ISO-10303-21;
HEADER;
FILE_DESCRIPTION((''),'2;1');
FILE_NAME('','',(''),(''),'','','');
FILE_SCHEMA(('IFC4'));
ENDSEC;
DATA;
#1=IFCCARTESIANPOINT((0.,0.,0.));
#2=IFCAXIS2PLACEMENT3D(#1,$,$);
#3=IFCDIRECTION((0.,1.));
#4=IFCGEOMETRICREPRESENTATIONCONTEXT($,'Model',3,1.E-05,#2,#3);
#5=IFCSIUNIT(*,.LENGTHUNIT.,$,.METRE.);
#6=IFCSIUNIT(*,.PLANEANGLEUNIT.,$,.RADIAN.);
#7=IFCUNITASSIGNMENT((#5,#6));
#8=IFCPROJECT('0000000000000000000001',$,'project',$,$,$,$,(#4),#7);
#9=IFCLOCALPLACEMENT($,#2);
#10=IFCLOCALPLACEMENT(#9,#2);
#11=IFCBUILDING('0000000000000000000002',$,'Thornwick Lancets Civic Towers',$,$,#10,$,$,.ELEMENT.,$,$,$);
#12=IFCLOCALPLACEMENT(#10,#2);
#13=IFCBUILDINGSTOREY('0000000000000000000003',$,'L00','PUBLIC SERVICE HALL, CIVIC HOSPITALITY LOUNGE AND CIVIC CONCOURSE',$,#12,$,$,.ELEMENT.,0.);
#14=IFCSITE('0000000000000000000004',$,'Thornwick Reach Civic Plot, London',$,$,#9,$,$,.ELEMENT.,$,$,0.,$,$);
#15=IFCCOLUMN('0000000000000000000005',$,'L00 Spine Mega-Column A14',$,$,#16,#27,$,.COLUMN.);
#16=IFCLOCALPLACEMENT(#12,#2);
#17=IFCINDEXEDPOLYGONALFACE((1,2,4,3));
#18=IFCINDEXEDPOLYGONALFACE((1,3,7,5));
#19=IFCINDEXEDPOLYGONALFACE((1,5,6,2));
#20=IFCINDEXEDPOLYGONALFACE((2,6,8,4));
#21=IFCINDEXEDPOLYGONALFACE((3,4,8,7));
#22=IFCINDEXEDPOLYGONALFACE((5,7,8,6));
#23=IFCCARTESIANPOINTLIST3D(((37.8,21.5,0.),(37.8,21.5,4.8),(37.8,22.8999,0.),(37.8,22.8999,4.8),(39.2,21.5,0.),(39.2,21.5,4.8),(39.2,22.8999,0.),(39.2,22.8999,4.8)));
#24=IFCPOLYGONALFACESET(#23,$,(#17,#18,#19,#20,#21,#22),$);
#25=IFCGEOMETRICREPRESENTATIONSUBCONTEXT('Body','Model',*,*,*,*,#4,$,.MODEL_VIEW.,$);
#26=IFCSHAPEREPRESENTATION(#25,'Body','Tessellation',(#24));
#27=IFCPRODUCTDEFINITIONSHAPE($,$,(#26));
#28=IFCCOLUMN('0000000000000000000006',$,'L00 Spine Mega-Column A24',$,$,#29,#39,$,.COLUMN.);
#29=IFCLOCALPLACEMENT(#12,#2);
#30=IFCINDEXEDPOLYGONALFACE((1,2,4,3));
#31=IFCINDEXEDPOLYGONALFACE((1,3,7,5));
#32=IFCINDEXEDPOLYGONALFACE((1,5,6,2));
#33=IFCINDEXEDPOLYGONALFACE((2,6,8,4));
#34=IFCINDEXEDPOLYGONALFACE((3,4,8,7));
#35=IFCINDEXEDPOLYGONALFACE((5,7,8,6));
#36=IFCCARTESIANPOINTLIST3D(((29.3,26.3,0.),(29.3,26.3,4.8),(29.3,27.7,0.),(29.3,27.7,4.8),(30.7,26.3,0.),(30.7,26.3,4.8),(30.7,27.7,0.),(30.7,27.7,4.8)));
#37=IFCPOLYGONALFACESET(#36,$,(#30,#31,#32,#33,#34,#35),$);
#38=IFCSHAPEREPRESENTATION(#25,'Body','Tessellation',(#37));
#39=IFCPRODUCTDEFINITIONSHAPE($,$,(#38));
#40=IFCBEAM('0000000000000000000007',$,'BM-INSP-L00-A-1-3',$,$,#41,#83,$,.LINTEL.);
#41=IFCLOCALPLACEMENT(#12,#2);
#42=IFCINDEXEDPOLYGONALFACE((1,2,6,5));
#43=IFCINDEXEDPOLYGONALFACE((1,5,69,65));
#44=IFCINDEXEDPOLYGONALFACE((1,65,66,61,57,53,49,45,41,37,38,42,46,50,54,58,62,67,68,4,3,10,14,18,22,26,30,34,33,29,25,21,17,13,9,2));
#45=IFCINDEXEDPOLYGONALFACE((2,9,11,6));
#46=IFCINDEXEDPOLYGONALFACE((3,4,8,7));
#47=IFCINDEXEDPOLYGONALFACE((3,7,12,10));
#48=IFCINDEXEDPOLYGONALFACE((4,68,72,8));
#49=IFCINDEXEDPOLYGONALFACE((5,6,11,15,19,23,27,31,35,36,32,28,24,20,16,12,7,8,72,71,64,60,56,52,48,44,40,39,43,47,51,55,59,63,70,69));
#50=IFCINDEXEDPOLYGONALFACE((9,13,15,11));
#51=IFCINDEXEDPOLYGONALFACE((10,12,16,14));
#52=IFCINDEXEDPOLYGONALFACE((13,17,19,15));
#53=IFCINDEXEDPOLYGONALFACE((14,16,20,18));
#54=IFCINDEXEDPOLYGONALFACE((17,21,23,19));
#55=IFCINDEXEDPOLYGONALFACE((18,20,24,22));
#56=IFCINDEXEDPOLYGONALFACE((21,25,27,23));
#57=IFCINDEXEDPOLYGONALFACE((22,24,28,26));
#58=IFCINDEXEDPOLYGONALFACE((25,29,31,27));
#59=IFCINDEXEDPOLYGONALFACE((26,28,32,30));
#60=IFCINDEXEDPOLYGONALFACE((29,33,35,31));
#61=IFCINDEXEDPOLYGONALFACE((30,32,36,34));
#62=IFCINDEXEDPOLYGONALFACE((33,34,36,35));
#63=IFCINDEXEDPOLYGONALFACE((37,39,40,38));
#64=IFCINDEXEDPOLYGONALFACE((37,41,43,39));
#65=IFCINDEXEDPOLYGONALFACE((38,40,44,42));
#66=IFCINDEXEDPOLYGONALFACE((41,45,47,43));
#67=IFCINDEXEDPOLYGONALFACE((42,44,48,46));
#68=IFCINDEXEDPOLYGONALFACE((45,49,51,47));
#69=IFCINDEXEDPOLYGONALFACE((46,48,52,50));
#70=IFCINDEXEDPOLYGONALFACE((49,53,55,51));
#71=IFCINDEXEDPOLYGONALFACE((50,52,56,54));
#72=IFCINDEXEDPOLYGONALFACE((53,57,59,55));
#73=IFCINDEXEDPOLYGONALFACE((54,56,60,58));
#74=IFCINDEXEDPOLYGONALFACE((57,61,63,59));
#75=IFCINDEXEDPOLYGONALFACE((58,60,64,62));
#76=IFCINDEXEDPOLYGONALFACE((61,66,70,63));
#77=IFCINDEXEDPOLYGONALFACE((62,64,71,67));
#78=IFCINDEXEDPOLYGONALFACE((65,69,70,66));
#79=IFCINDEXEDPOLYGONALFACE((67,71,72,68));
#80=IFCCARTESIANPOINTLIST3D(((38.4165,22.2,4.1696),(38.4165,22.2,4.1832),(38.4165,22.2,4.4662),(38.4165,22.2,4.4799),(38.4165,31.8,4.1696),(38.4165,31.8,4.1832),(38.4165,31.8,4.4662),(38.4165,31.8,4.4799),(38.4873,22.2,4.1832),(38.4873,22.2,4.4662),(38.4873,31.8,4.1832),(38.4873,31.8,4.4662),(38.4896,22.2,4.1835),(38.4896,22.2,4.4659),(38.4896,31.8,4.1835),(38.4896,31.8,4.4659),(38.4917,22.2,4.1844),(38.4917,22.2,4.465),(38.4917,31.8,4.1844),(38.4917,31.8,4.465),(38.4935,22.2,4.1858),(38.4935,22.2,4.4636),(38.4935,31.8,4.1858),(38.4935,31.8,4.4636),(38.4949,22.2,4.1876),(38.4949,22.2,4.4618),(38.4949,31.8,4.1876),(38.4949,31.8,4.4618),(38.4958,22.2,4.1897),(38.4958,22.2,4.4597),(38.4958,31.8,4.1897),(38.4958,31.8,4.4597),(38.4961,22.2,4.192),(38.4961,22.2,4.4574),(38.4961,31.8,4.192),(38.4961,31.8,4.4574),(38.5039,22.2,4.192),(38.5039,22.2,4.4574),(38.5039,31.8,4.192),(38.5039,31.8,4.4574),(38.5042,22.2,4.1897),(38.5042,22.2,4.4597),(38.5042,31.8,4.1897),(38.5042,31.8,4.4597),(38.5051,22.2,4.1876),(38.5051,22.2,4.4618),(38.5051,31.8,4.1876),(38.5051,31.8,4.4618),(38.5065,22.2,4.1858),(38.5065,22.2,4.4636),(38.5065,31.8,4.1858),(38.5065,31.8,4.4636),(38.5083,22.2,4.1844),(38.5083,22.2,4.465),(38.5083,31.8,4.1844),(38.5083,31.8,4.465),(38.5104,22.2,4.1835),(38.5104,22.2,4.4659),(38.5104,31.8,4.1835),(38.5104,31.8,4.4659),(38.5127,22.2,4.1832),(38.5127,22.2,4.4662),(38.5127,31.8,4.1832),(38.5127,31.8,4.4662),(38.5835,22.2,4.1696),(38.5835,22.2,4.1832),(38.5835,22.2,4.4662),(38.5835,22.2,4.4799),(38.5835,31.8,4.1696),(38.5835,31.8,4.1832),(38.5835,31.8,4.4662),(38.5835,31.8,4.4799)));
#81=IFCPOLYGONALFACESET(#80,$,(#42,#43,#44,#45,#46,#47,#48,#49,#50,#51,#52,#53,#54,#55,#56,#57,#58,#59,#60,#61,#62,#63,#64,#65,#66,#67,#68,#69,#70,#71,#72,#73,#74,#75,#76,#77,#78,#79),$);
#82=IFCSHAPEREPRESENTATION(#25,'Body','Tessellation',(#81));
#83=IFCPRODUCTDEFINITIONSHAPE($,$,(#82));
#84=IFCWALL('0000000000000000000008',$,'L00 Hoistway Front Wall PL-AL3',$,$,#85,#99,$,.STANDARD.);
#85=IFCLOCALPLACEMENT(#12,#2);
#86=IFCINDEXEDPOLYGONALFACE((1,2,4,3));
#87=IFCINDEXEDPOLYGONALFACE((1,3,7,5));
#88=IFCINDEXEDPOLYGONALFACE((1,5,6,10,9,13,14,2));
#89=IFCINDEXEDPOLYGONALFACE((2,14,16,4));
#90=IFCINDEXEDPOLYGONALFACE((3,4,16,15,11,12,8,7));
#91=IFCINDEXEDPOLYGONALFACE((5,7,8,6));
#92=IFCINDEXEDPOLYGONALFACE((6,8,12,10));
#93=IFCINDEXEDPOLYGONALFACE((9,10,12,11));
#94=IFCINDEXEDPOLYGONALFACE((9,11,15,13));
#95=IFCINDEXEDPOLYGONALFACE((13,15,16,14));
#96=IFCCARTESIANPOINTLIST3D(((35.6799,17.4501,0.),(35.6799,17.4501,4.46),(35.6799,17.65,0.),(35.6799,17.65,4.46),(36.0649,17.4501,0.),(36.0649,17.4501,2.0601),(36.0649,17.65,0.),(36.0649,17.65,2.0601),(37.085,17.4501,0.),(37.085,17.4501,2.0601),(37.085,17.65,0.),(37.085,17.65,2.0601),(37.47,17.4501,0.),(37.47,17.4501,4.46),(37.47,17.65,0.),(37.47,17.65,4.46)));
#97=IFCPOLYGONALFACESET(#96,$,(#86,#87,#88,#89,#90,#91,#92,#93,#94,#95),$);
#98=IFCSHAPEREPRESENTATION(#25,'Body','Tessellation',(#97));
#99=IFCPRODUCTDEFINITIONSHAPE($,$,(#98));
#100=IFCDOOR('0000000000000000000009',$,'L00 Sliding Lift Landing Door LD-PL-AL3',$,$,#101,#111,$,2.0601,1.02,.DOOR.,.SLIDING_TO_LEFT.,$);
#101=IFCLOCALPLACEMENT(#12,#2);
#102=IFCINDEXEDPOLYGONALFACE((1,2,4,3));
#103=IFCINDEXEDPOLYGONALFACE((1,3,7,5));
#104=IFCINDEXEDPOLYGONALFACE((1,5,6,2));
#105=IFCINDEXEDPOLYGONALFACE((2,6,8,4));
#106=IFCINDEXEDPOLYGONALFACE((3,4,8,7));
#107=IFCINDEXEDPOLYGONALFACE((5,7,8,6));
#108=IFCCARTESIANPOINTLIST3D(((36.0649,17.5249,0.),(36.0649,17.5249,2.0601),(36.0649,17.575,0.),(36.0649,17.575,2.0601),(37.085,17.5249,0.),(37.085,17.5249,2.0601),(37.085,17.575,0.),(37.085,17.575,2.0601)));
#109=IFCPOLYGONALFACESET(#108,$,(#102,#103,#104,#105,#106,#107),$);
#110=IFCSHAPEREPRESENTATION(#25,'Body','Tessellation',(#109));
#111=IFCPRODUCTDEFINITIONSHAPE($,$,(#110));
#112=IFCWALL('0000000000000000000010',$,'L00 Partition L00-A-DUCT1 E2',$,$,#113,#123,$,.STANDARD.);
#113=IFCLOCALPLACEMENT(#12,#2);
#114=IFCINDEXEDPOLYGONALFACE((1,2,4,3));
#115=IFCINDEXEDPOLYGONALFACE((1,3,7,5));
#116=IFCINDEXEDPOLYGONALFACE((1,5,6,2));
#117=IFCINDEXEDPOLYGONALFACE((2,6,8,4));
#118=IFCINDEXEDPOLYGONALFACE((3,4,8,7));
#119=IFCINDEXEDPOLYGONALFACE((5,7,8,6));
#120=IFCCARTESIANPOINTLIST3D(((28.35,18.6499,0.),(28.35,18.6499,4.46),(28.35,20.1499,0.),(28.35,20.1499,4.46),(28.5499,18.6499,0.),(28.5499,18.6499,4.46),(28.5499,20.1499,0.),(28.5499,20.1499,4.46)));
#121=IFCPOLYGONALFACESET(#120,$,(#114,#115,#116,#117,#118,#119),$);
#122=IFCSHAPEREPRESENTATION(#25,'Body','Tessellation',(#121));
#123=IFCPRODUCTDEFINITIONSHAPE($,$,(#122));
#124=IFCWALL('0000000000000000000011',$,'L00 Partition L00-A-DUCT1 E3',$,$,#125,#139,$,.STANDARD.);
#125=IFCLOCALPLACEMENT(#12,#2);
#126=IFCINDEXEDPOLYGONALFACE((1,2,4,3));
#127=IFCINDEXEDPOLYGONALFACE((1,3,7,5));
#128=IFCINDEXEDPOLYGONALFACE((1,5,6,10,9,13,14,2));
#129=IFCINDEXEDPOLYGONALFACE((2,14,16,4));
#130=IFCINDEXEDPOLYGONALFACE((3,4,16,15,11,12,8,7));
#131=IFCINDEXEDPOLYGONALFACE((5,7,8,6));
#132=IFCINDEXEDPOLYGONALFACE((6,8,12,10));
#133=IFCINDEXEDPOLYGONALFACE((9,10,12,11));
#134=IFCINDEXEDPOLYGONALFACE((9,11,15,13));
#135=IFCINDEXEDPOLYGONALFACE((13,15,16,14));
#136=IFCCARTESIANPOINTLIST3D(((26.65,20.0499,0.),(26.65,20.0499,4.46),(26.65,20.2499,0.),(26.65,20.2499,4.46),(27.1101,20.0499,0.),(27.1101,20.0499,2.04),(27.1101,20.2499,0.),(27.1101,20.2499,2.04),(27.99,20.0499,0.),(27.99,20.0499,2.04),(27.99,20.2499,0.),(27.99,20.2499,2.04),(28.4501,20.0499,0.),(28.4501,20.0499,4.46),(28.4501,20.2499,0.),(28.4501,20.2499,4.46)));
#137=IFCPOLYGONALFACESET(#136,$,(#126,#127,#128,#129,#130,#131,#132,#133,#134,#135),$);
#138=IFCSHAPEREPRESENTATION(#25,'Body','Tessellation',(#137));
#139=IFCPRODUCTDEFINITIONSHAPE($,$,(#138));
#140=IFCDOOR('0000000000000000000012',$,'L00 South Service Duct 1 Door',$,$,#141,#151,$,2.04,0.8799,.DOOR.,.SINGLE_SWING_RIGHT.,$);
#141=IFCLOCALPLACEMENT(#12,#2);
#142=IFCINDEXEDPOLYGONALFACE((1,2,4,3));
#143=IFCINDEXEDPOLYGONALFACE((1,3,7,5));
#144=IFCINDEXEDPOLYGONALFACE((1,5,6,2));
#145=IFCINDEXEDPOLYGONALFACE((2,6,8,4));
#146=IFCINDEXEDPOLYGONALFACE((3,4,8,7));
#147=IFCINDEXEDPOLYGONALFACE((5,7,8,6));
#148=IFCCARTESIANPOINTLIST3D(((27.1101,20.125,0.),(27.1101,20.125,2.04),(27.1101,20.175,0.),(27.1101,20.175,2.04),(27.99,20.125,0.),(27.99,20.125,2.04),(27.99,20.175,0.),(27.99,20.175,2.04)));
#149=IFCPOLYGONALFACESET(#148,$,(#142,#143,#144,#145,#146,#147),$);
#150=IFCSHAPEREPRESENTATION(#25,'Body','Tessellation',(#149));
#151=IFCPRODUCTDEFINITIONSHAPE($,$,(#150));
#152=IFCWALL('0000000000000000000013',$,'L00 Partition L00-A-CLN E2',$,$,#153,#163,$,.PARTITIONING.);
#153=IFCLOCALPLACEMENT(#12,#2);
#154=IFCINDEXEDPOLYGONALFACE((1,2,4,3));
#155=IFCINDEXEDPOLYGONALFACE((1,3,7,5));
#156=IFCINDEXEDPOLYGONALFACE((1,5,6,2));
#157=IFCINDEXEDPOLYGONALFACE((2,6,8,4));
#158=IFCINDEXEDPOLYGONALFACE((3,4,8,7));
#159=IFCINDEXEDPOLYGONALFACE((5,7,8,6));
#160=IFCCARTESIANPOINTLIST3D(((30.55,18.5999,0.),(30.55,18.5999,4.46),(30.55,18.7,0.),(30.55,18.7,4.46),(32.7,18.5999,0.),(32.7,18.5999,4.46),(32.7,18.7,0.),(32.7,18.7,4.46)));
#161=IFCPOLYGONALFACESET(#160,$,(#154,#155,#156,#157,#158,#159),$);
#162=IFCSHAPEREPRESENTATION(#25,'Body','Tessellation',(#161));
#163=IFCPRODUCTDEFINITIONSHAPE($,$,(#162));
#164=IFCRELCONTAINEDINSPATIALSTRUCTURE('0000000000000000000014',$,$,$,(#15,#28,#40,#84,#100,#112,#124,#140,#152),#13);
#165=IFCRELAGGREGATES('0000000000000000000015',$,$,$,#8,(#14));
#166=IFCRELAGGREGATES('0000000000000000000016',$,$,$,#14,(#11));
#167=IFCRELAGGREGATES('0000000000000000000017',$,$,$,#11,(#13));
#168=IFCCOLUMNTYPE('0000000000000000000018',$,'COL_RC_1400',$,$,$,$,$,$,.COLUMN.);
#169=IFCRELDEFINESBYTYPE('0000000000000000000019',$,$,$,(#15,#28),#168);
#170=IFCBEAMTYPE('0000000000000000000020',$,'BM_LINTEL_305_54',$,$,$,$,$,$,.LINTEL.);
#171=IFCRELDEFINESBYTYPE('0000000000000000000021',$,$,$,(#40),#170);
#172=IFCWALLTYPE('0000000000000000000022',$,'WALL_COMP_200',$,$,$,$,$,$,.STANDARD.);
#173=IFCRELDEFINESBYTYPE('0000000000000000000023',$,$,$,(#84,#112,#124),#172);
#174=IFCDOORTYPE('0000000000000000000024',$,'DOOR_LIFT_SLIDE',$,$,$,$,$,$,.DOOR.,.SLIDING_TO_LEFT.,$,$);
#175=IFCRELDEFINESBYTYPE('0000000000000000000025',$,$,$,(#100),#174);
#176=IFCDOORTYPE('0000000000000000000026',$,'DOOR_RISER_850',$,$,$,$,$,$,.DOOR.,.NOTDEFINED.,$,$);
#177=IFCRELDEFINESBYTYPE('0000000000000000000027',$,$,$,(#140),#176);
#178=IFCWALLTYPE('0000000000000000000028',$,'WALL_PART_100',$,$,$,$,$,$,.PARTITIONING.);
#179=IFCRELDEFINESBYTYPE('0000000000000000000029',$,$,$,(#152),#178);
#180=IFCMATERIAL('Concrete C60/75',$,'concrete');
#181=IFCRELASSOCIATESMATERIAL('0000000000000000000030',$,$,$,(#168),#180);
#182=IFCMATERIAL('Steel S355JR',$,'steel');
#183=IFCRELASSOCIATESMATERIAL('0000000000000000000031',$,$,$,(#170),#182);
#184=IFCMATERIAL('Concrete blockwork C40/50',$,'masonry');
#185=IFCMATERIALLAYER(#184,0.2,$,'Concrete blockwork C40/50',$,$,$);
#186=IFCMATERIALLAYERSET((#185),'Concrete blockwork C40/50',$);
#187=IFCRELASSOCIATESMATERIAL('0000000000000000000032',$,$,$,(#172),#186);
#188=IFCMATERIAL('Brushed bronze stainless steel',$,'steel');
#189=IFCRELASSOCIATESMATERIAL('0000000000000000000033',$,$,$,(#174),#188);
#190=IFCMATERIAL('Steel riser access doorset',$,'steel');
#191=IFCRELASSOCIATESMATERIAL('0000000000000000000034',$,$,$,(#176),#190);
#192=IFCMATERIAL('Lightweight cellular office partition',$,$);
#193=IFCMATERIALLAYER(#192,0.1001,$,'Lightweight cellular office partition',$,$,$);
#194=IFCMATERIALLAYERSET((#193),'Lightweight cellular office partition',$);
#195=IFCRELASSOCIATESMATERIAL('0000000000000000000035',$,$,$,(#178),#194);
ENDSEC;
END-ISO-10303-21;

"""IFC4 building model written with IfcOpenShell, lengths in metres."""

from ifc_helpers import new_model, si_unit, direction, frame, frame_2d, origin, origin_2d, place, context, subcontext, project, spatial, rectangle, i_section, extrude, material, layer, layer_set, material_profile, profile_set, type_object, element, fill, save


model = new_model("IFC4")

# Units and contexts
model_context = context("Model", 3, precision=1e-05, world=origin(), true_north=direction((0.0, 1.0)))
body_context = subcontext(model_context, "Body", "Model", "MODEL_VIEW")
ifc_project = project(units=[si_unit("LENGTHUNIT", "METRE"), si_unit("PLANEANGLEUNIT", "RADIAN")], contexts=[model_context])

# Site, building, storey
site_placement = place(None, origin())
site = spatial("IfcSite", under=ifc_project, at=site_placement, Name="Thornwick Reach Civic Plot, London", CompositionType="ELEMENT", RefElevation=0.0)
building_placement = place(site_placement, origin())
building = spatial("IfcBuilding", under=site, at=building_placement, Name="Thornwick Lancets Civic Towers", CompositionType="ELEMENT")
storey_placement = place(building_placement, origin())
storey = spatial("IfcBuildingStorey", under=building, at=storey_placement, Name="L00", Description="PUBLIC SERVICE HALL, CIVIC HOSPITALITY LOUNGE AND CIVIC CONCOURSE", CompositionType="ELEMENT", Elevation=0.0)

# Columns
ifc_material_1 = material(Name="Concrete C60/75", Category="concrete")
ifc_material_profile_1 = material_profile(ifc_material_1, rectangle(XDim=1.3999, YDim=1.3999, at=origin_2d()), Name="RC 1400x1400")
ifc_profile_set_1 = profile_set([ifc_material_profile_1], Name="Concrete C60/75")
column_type = type_object("IfcColumnType", Name="COL_RC_1400", PredefinedType="COLUMN", material=ifc_profile_set_1)
for number, where, z_axis, x_axis, name in (
    (1, (38.5, 22.2, 0.0), (0.0, 0.0, 1.0), (1.0, 0.0, 0.0), "L00 Spine Mega-Column A14"),
    (2, (30.0, 27.0, 0.0), (0.0, 0.0, 1.0), (1.0, 0.0, 0.0), "L00 Spine Mega-Column A24"),
):
    element("IfcColumn", number, at=place(storey_placement, frame(where, z_axis=z_axis, x_axis=x_axis)), inside=storey, type_object=column_type, Name=name, PredefinedType="COLUMN", context=body_context, shape_type="SweptSolid", body=[
        extrude(rectangle(XDim=1.3999, YDim=1.3999, at=origin_2d()), origin(), (0.0, 0.0, 1.0), 4.8),
    ])

# Beam
ifc_material_2 = material(Name="Steel S355JR", Category="steel")
ifc_material_profile_2 = material_profile(ifc_material_2, i_section(OverallWidth=0.167, OverallDepth=0.3103, WebThickness=0.0078, FlangeThickness=0.0137, FilletRadius=0.0088, at=origin_2d()), Name="UKB 305x165x54")
ifc_profile_set_2 = profile_set([ifc_material_profile_2], Name="Steel S355JR")
beam_type = type_object("IfcBeamType", Name="BM_LINTEL_305_54", PredefinedType="LINTEL", material=ifc_profile_set_2)
beam_placement = place(storey_placement, frame((38.5, 22.2, 4.3247), z_axis=(0.0, 1.0, 0.0), x_axis=(-1.0, 0.0, 0.0)))
element("IfcBeam", 3, at=beam_placement, inside=storey, type_object=beam_type, Name="BM-INSP-L00-A-1-3", PredefinedType="LINTEL", context=body_context, shape_type="SweptSolid", body=[
    extrude(i_section(OverallWidth=0.167, OverallDepth=0.3103, WebThickness=0.0078, FlangeThickness=0.0137, FilletRadius=0.0088, at=origin_2d()), origin(), (0.0, 0.0, 1.0), 9.6001),
])

# Wall, opening, door
ifc_material_3 = material(Name="Concrete blockwork C40/50", Category="masonry")
ifc_layer_1 = layer(ifc_material_3, 0.2, Name="Concrete blockwork C40/50")
ifc_layer_set_1 = layer_set([ifc_layer_1], Name="Concrete blockwork C40/50")
wall_type_1 = type_object("IfcWallType", Name="WALL_COMP_200", PredefinedType="STANDARD", material=ifc_layer_set_1)
wall_1_placement = place(storey_placement, frame((35.6799, 17.55, 0.0), z_axis=(0.0, 0.0, 1.0), x_axis=(1.0, 0.0, 0.0)))
wall_1 = element("IfcWall", 4, at=wall_1_placement, inside=storey, type_object=wall_type_1, Name="L00 Hoistway Front Wall PL-AL3", PredefinedType="STANDARD", context=body_context, shape_type="SweptSolid", body=[
    extrude(rectangle(XDim=1.79, YDim=0.2, at=frame_2d((0.895, 0.0))), origin(), (0.0, 0.0, 1.0), 4.46),
])
opening_1_placement = place(wall_1_placement, frame((0.385, 0.0, 0.0)))
opening_1 = element("IfcOpeningElement", 5, at=opening_1_placement, cuts=wall_1, PredefinedType="OPENING", context=body_context, shape_type="SweptSolid", body=[
    extrude(rectangle(XDim=1.02, YDim=2.0601, at=frame_2d((0.51, 1.03))), frame((0.0, 0.1099, 0.0), z_axis=(0.0, -1.0, 0.0), x_axis=(1.0, 0.0, 0.0)), (0.0, 0.0, 1.0), 0.22),
])
ifc_material_4 = material(Name="Brushed bronze stainless steel", Category="steel")
door_type_1 = type_object("IfcDoorType", Name="DOOR_LIFT_SLIDE", OperationType="SLIDING_TO_LEFT", PredefinedType="DOOR", material=ifc_material_4)
door_1_placement = place(opening_1_placement, origin())
door_1 = element("IfcDoor", 6, at=door_1_placement, inside=storey, type_object=door_type_1, Name="L00 Sliding Lift Landing Door LD-PL-AL3", OperationType="SLIDING_TO_LEFT", OverallHeight=2.0601, OverallWidth=1.02, PredefinedType="DOOR", context=body_context, shape_type="SweptSolid", body=[
    extrude(rectangle(XDim=1.02, YDim=2.0601, at=frame_2d((0.51, 1.03))), frame((0.0, 0.0249, 0.0), z_axis=(0.0, -1.0, 0.0), x_axis=(1.0, 0.0, 0.0)), (0.0, 0.0, 1.0), 0.05),
])
fill(opening_1, door_1)

# Wall
wall_2_placement = place(storey_placement, frame((28.45, 18.6499, 0.0), z_axis=(0.0, 0.0, 1.0), x_axis=(0.0, 1.0, 0.0)))
element("IfcWall", 7, at=wall_2_placement, inside=storey, type_object=wall_type_1, Name="L00 Partition L00-A-DUCT1 E2", PredefinedType="STANDARD", context=body_context, shape_type="SweptSolid", body=[
    extrude(rectangle(XDim=1.5, YDim=0.2, at=frame_2d((0.75, 0.0))), origin(), (0.0, 0.0, 1.0), 4.46),
])

# Wall, opening, door
wall_3_placement = place(storey_placement, frame((28.45, 20.1499, 0.0), z_axis=(0.0, 0.0, 1.0), x_axis=(-1.0, 0.0, 0.0)))
wall_3 = element("IfcWall", 8, at=wall_3_placement, inside=storey, type_object=wall_type_1, Name="L00 Partition L00-A-DUCT1 E3", PredefinedType="STANDARD", context=body_context, shape_type="SweptSolid", body=[
    extrude(rectangle(XDim=1.8, YDim=0.2, at=frame_2d((0.8999, 0.0))), origin(), (0.0, 0.0, 1.0), 4.46),
])
opening_2_placement = place(wall_3_placement, frame((0.46, 0.0, 0.0)))
opening_2 = element("IfcOpeningElement", 9, at=opening_2_placement, cuts=wall_3, PredefinedType="OPENING", context=body_context, shape_type="SweptSolid", body=[
    extrude(rectangle(XDim=0.8799, YDim=2.04, at=frame_2d((0.4399, 1.02))), frame((0.0, 0.1099, 0.0), z_axis=(0.0, -1.0, 0.0), x_axis=(1.0, 0.0, 0.0)), (0.0, 0.0, 1.0), 0.22),
])
ifc_material_5 = material(Name="Steel riser access doorset", Category="steel")
door_type_2 = type_object("IfcDoorType", Name="DOOR_RISER_850", OperationType="NOTDEFINED", PredefinedType="DOOR", material=ifc_material_5)
door_2_placement = place(opening_2_placement, origin())
door_2 = element("IfcDoor", 10, at=door_2_placement, inside=storey, type_object=door_type_2, Name="L00 South Service Duct 1 Door", OperationType="SINGLE_SWING_RIGHT", OverallHeight=2.04, OverallWidth=0.8799, PredefinedType="DOOR", context=body_context, shape_type="SweptSolid", body=[
    extrude(rectangle(XDim=0.8799, YDim=2.04, at=frame_2d((0.4399, 1.02))), frame((0.0, 0.0249, 0.0), z_axis=(0.0, -1.0, 0.0), x_axis=(1.0, 0.0, 0.0)), (0.0, 0.0, 1.0), 0.05),
])
fill(opening_2, door_2)

# Wall
ifc_material_6 = material(Name="Lightweight cellular office partition")
ifc_layer_2 = layer(ifc_material_6, 0.1001, Name="Lightweight cellular office partition")
ifc_layer_set_2 = layer_set([ifc_layer_2], Name="Lightweight cellular office partition")
wall_type_2 = type_object("IfcWallType", Name="WALL_PART_100", PredefinedType="PARTITIONING", material=ifc_layer_set_2)
wall_4_placement = place(storey_placement, frame((32.7, 18.6499, 0.0), z_axis=(0.0, 0.0, 1.0), x_axis=(-1.0, 0.0, 0.0)))
element("IfcWall", 11, at=wall_4_placement, inside=storey, type_object=wall_type_2, Name="L00 Partition L00-A-CLN E2", PredefinedType="PARTITIONING", context=body_context, shape_type="SweptSolid", body=[
    extrude(rectangle(XDim=2.1499, YDim=0.1001, at=frame_2d((1.075, 0.0))), origin(), (0.0, 0.0, 1.0), 4.46),
])

save(model, "model.ifc")
